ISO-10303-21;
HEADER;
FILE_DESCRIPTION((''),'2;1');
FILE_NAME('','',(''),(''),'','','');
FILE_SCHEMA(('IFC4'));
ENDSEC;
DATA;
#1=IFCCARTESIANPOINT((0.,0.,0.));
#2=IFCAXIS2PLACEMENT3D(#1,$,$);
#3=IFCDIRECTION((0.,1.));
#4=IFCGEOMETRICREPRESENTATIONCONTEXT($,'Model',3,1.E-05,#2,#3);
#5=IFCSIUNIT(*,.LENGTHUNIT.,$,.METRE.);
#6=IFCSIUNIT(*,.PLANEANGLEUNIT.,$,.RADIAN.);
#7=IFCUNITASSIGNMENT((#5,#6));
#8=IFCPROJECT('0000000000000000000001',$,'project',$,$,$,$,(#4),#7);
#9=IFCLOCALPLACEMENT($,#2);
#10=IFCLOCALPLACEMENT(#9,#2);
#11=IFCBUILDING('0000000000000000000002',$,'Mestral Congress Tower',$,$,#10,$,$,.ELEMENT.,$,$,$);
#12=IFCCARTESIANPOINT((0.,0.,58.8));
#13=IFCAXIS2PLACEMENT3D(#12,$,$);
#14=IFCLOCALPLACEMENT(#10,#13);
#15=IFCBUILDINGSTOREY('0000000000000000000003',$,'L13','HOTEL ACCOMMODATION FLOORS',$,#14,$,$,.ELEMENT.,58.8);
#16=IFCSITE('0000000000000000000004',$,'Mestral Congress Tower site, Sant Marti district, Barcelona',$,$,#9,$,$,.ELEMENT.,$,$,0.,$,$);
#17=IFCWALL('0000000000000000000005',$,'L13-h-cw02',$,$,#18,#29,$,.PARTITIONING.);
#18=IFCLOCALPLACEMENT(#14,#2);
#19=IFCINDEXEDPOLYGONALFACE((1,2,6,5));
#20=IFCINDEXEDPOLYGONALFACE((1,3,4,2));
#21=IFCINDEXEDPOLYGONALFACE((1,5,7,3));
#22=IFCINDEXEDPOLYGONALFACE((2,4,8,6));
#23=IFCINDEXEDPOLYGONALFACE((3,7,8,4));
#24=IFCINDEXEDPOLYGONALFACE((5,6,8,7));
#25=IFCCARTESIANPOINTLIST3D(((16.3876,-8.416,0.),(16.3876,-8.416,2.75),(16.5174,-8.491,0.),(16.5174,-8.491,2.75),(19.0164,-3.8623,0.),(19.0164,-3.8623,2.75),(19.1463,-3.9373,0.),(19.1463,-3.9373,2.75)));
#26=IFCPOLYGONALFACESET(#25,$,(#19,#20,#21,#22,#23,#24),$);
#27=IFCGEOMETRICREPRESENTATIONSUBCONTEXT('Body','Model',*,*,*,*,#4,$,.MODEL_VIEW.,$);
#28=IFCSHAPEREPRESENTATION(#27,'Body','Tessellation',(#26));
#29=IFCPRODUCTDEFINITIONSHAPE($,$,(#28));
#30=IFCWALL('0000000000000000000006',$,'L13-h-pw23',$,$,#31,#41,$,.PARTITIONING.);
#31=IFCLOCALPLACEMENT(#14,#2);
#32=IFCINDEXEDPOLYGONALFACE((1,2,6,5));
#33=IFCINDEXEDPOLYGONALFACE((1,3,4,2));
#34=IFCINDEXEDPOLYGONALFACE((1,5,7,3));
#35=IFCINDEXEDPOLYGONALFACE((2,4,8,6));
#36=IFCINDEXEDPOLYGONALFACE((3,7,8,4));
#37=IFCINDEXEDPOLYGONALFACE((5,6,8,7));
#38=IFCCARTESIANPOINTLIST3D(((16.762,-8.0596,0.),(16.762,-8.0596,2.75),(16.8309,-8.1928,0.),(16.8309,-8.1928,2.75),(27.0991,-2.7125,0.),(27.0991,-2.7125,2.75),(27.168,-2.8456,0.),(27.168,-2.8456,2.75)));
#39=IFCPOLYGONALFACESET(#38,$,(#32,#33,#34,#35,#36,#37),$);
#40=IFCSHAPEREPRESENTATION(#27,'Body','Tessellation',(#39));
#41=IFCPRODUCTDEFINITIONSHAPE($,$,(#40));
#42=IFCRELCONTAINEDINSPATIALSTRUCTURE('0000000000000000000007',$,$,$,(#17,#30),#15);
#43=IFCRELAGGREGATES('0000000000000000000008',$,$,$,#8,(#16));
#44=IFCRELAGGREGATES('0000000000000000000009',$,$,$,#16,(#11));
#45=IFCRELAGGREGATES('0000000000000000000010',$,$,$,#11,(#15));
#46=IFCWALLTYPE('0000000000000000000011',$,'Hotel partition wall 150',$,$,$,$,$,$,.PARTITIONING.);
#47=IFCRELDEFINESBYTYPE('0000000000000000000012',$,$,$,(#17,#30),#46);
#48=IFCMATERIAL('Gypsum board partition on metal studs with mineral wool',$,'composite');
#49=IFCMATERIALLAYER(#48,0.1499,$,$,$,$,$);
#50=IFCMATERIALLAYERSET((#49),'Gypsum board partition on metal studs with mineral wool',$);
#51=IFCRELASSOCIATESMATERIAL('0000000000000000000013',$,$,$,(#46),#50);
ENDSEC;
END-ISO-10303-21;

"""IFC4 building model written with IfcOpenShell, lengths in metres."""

from ifc_helpers import new_model, si_unit, direction, frame, frame_2d, origin, place, context, subcontext, project, spatial, rectangle, extrude, material, layer, layer_set, type_object, element, save


model = new_model("IFC4")

# Units and contexts
model_context = context("Model", 3, precision=1e-05, world=origin(), true_north=direction((0.0, 1.0)))
body_context = subcontext(model_context, "Body", "Model", "MODEL_VIEW")
ifc_project = project(units=[si_unit("LENGTHUNIT", "METRE"), si_unit("PLANEANGLEUNIT", "RADIAN")], contexts=[model_context])

# Site, building, storey
site_placement = place(None, origin())
site = spatial("IfcSite", under=ifc_project, at=site_placement, Name="Mestral Congress Tower site, Sant Marti district, Barcelona", CompositionType="ELEMENT", RefElevation=0.0)
building_placement = place(site_placement, origin())
building = spatial("IfcBuilding", under=site, at=building_placement, Name="Mestral Congress Tower", CompositionType="ELEMENT")
storey_placement = place(building_placement, frame((0.0, 0.0, 58.8)))
storey = spatial("IfcBuildingStorey", under=building, at=storey_placement, Name="L13", Description="HOTEL ACCOMMODATION FLOORS", CompositionType="ELEMENT", Elevation=58.8)

# Shared definitions
ifc_material_1 = material(Name="Gypsum board partition on metal studs with mineral wool", Category="composite")

# Shared definitions
ifc_layer_1 = layer(ifc_material_1, 0.1499)
ifc_layer_set_1 = layer_set([ifc_layer_1], Name="Gypsum board partition on metal studs with mineral wool")
wall_type_1 = type_object("IfcWallType", Name="Hotel partition wall 150", PredefinedType="PARTITIONING", material=ifc_layer_set_1)

# Walls
wall_1_placement = place(storey_placement, frame((19.0813, -3.8999, 0.0), z_axis=(0.0, 0.0, 1.0), x_axis=(-0.499974, -0.86604, 0.0)))
element("IfcWall", 1, at=wall_1_placement, inside=storey, type_object=wall_type_1, Name="L13-h-cw02", PredefinedType="PARTITIONING", context=body_context, shape_type="SweptSolid", body=[
    extrude(rectangle(XDim=5.2581, YDim=0.1499, at=frame_2d((2.6289, 0.0))), origin(), (0.0, 0.0, 1.0), 2.75),
])
wall_2_placement = place(storey_placement, frame((27.1335, -2.7791, 0.0), z_axis=(0.0, 0.0, 1.0), x_axis=(-0.888205, -0.459447, 0.0)))
element("IfcWall", 2, at=wall_2_placement, inside=storey, type_object=wall_type_1, Name="L13-h-pw23", PredefinedType="PARTITIONING", context=body_context, shape_type="SweptSolid", body=[
    extrude(rectangle(XDim=11.6382, YDim=0.1499, at=frame_2d((5.8191, 0.0))), origin(), (0.0, 0.0, 1.0), 2.75),
])

save(model, "model.ifc")
